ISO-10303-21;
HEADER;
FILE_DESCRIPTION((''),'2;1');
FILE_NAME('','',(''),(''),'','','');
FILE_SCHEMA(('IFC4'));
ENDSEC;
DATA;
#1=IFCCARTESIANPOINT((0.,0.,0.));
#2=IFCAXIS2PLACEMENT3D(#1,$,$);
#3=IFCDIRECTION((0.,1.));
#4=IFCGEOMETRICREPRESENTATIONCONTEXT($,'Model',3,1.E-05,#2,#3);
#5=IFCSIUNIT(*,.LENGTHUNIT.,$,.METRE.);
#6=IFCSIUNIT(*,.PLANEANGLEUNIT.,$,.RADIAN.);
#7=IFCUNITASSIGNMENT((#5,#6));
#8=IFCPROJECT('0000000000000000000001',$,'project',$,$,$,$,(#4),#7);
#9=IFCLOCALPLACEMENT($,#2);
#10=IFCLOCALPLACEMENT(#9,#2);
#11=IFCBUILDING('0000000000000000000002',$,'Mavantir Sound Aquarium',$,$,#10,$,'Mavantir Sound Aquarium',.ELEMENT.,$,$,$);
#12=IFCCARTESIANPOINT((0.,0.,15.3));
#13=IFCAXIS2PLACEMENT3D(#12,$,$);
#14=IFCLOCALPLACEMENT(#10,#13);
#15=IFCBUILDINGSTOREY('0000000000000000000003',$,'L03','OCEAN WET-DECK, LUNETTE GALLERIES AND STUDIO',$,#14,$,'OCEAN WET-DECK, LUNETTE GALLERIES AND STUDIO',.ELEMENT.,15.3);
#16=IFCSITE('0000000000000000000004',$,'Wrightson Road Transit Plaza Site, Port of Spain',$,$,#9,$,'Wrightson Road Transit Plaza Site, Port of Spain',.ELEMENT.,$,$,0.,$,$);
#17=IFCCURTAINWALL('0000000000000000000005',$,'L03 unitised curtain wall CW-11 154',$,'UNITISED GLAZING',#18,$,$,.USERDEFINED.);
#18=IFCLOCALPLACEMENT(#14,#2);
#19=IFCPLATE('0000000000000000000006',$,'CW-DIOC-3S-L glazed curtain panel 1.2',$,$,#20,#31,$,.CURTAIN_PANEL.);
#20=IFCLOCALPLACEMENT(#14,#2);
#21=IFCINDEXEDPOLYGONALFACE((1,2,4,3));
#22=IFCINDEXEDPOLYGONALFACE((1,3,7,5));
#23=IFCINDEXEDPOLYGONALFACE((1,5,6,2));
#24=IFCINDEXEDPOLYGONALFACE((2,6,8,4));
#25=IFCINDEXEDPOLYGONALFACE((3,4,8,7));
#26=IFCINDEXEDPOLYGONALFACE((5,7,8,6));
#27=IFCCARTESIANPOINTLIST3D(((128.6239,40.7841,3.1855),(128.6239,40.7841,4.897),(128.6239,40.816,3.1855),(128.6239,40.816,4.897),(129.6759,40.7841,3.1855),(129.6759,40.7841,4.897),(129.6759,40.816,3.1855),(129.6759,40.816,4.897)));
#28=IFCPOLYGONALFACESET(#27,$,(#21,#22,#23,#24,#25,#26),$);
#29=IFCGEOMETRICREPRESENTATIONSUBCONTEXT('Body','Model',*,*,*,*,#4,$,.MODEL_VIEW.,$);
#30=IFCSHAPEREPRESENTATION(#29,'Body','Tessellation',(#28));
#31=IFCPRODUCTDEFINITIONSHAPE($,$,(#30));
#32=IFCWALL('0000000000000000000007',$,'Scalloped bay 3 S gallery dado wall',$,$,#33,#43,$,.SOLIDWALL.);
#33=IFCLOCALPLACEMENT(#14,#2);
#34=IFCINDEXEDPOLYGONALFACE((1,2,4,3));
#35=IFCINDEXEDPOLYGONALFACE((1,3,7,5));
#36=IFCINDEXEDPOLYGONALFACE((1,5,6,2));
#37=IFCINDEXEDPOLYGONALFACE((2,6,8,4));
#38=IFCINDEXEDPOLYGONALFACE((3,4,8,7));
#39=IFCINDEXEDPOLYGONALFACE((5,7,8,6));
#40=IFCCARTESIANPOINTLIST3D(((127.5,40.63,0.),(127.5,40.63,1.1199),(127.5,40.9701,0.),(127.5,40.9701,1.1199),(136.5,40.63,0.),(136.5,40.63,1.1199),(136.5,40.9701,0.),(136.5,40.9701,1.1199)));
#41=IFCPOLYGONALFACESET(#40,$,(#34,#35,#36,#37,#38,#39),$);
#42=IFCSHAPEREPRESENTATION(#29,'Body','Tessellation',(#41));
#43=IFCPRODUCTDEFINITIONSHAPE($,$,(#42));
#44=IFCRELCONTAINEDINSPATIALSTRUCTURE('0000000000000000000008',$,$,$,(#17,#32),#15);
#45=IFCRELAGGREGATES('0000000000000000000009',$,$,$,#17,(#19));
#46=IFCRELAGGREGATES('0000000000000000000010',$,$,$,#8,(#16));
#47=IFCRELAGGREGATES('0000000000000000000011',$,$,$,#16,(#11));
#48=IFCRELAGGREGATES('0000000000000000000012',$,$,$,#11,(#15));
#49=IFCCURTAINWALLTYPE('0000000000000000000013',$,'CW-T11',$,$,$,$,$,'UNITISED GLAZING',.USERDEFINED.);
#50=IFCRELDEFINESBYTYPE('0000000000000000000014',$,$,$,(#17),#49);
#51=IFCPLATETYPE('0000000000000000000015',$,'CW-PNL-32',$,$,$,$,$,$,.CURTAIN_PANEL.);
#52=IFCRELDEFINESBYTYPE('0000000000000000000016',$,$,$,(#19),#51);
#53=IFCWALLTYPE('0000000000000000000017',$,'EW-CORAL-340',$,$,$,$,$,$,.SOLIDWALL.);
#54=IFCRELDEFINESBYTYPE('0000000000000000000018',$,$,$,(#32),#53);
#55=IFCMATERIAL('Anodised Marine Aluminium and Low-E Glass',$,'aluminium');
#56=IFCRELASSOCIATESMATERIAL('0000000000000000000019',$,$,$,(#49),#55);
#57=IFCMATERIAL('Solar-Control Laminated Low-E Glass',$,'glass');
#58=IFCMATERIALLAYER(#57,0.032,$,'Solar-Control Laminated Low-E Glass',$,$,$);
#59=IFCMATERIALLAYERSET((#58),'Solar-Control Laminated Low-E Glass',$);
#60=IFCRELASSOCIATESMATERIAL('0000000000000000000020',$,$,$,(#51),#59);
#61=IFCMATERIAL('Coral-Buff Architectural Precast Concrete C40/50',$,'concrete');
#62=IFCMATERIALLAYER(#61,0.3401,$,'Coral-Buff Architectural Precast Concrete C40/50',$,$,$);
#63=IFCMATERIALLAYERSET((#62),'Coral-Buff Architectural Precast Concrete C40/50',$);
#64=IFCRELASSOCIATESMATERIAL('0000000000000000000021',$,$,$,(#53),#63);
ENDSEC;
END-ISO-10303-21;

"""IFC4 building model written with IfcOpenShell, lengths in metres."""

from ifc_helpers import new_model, si_unit, direction, frame, frame_2d, origin, origin_2d, place, context, subcontext, project, spatial, rectangle, extrude, material, layer, layer_set, type_object, element, aggregate, save


model = new_model("IFC4")

# Units and contexts
model_context = context("Model", 3, precision=1e-05, world=origin(), true_north=direction((0.0, 1.0)))
body_context = subcontext(model_context, "Body", "Model", "MODEL_VIEW")
ifc_project = project(units=[si_unit("LENGTHUNIT", "METRE"), si_unit("PLANEANGLEUNIT", "RADIAN")], contexts=[model_context])

# Site, building, storey
site_placement = place(None, origin())
site = spatial("IfcSite", under=ifc_project, at=site_placement, Name="Wrightson Road Transit Plaza Site, Port of Spain", LongName="Wrightson Road Transit Plaza Site, Port of Spain", CompositionType="ELEMENT", RefElevation=0.0)
building_placement = place(site_placement, origin())
building = spatial("IfcBuilding", under=site, at=building_placement, Name="Mavantir Sound Aquarium", LongName="Mavantir Sound Aquarium", CompositionType="ELEMENT")
storey_placement = place(building_placement, frame((0.0, 0.0, 15.3)))
storey = spatial("IfcBuildingStorey", under=building, at=storey_placement, Name="L03", Description="OCEAN WET-DECK, LUNETTE GALLERIES AND STUDIO", LongName="OCEAN WET-DECK, LUNETTE GALLERIES AND STUDIO", CompositionType="ELEMENT", Elevation=15.3)

# Shared definitions
ifc_material_1 = material(Name="Anodised Marine Aluminium and Low-E Glass", Category="aluminium")

# Curtain wall
curtain_wall_type_1 = type_object("IfcCurtainWallType", Name="CW-T11", ElementType="UNITISED GLAZING", PredefinedType="USERDEFINED", material=ifc_material_1)
curtain_wall_1_placement = place(storey_placement, origin())
curtain_wall_1 = element("IfcCurtainWall", 1, at=curtain_wall_1_placement, inside=storey, type_object=curtain_wall_type_1, Name="L03 unitised curtain wall CW-11 154", ObjectType="UNITISED GLAZING", PredefinedType="USERDEFINED")

# Plate
ifc_material_2 = material(Name="Solar-Control Laminated Low-E Glass", Category="glass")
ifc_layer_1 = layer(ifc_material_2, 0.032, Name="Solar-Control Laminated Low-E Glass")
ifc_layer_set_1 = layer_set([ifc_layer_1], Name="Solar-Control Laminated Low-E Glass")
plate_type_1 = type_object("IfcPlateType", Name="CW-PNL-32", PredefinedType="CURTAIN_PANEL", material=ifc_layer_set_1)
plate_1_placement = place(storey_placement, frame((129.1499, 40.8, 3.1855), z_axis=(0.0, 0.0, 1.0), x_axis=(1.0, 0.0, 0.0)))
plate_1 = element("IfcPlate", 2, at=plate_1_placement, type_object=plate_type_1, Name="CW-DIOC-3S-L glazed curtain panel 1.2", PredefinedType="CURTAIN_PANEL", context=body_context, shape_type="SweptSolid", body=[
    extrude(rectangle(XDim=1.052, YDim=0.032, at=origin_2d()), origin(), (0.0, 0.0, 1.0), 1.7114),
])
aggregate(curtain_wall_1, [plate_1])

# Wall
ifc_material_3 = material(Name="Coral-Buff Architectural Precast Concrete C40/50", Category="concrete")
ifc_layer_2 = layer(ifc_material_3, 0.3401, Name="Coral-Buff Architectural Precast Concrete C40/50")
ifc_layer_set_2 = layer_set([ifc_layer_2], Name="Coral-Buff Architectural Precast Concrete C40/50")
wall_type = type_object("IfcWallType", Name="EW-CORAL-340", PredefinedType="SOLIDWALL", material=ifc_layer_set_2)
wall_placement = place(storey_placement, frame((127.5, 40.8, 0.0), z_axis=(0.0, 0.0, 1.0), x_axis=(1.0, 0.0, 0.0)))
element("IfcWall", 3, at=wall_placement, inside=storey, type_object=wall_type, Name="Scalloped bay 3 S gallery dado wall", PredefinedType="SOLIDWALL", context=body_context, shape_type="SweptSolid", body=[
    extrude(rectangle(XDim=9.0, YDim=0.3401, at=frame_2d((4.5, 0.0))), origin(), (0.0, 0.0, 1.0), 1.1199),
])

save(model, "model.ifc")
